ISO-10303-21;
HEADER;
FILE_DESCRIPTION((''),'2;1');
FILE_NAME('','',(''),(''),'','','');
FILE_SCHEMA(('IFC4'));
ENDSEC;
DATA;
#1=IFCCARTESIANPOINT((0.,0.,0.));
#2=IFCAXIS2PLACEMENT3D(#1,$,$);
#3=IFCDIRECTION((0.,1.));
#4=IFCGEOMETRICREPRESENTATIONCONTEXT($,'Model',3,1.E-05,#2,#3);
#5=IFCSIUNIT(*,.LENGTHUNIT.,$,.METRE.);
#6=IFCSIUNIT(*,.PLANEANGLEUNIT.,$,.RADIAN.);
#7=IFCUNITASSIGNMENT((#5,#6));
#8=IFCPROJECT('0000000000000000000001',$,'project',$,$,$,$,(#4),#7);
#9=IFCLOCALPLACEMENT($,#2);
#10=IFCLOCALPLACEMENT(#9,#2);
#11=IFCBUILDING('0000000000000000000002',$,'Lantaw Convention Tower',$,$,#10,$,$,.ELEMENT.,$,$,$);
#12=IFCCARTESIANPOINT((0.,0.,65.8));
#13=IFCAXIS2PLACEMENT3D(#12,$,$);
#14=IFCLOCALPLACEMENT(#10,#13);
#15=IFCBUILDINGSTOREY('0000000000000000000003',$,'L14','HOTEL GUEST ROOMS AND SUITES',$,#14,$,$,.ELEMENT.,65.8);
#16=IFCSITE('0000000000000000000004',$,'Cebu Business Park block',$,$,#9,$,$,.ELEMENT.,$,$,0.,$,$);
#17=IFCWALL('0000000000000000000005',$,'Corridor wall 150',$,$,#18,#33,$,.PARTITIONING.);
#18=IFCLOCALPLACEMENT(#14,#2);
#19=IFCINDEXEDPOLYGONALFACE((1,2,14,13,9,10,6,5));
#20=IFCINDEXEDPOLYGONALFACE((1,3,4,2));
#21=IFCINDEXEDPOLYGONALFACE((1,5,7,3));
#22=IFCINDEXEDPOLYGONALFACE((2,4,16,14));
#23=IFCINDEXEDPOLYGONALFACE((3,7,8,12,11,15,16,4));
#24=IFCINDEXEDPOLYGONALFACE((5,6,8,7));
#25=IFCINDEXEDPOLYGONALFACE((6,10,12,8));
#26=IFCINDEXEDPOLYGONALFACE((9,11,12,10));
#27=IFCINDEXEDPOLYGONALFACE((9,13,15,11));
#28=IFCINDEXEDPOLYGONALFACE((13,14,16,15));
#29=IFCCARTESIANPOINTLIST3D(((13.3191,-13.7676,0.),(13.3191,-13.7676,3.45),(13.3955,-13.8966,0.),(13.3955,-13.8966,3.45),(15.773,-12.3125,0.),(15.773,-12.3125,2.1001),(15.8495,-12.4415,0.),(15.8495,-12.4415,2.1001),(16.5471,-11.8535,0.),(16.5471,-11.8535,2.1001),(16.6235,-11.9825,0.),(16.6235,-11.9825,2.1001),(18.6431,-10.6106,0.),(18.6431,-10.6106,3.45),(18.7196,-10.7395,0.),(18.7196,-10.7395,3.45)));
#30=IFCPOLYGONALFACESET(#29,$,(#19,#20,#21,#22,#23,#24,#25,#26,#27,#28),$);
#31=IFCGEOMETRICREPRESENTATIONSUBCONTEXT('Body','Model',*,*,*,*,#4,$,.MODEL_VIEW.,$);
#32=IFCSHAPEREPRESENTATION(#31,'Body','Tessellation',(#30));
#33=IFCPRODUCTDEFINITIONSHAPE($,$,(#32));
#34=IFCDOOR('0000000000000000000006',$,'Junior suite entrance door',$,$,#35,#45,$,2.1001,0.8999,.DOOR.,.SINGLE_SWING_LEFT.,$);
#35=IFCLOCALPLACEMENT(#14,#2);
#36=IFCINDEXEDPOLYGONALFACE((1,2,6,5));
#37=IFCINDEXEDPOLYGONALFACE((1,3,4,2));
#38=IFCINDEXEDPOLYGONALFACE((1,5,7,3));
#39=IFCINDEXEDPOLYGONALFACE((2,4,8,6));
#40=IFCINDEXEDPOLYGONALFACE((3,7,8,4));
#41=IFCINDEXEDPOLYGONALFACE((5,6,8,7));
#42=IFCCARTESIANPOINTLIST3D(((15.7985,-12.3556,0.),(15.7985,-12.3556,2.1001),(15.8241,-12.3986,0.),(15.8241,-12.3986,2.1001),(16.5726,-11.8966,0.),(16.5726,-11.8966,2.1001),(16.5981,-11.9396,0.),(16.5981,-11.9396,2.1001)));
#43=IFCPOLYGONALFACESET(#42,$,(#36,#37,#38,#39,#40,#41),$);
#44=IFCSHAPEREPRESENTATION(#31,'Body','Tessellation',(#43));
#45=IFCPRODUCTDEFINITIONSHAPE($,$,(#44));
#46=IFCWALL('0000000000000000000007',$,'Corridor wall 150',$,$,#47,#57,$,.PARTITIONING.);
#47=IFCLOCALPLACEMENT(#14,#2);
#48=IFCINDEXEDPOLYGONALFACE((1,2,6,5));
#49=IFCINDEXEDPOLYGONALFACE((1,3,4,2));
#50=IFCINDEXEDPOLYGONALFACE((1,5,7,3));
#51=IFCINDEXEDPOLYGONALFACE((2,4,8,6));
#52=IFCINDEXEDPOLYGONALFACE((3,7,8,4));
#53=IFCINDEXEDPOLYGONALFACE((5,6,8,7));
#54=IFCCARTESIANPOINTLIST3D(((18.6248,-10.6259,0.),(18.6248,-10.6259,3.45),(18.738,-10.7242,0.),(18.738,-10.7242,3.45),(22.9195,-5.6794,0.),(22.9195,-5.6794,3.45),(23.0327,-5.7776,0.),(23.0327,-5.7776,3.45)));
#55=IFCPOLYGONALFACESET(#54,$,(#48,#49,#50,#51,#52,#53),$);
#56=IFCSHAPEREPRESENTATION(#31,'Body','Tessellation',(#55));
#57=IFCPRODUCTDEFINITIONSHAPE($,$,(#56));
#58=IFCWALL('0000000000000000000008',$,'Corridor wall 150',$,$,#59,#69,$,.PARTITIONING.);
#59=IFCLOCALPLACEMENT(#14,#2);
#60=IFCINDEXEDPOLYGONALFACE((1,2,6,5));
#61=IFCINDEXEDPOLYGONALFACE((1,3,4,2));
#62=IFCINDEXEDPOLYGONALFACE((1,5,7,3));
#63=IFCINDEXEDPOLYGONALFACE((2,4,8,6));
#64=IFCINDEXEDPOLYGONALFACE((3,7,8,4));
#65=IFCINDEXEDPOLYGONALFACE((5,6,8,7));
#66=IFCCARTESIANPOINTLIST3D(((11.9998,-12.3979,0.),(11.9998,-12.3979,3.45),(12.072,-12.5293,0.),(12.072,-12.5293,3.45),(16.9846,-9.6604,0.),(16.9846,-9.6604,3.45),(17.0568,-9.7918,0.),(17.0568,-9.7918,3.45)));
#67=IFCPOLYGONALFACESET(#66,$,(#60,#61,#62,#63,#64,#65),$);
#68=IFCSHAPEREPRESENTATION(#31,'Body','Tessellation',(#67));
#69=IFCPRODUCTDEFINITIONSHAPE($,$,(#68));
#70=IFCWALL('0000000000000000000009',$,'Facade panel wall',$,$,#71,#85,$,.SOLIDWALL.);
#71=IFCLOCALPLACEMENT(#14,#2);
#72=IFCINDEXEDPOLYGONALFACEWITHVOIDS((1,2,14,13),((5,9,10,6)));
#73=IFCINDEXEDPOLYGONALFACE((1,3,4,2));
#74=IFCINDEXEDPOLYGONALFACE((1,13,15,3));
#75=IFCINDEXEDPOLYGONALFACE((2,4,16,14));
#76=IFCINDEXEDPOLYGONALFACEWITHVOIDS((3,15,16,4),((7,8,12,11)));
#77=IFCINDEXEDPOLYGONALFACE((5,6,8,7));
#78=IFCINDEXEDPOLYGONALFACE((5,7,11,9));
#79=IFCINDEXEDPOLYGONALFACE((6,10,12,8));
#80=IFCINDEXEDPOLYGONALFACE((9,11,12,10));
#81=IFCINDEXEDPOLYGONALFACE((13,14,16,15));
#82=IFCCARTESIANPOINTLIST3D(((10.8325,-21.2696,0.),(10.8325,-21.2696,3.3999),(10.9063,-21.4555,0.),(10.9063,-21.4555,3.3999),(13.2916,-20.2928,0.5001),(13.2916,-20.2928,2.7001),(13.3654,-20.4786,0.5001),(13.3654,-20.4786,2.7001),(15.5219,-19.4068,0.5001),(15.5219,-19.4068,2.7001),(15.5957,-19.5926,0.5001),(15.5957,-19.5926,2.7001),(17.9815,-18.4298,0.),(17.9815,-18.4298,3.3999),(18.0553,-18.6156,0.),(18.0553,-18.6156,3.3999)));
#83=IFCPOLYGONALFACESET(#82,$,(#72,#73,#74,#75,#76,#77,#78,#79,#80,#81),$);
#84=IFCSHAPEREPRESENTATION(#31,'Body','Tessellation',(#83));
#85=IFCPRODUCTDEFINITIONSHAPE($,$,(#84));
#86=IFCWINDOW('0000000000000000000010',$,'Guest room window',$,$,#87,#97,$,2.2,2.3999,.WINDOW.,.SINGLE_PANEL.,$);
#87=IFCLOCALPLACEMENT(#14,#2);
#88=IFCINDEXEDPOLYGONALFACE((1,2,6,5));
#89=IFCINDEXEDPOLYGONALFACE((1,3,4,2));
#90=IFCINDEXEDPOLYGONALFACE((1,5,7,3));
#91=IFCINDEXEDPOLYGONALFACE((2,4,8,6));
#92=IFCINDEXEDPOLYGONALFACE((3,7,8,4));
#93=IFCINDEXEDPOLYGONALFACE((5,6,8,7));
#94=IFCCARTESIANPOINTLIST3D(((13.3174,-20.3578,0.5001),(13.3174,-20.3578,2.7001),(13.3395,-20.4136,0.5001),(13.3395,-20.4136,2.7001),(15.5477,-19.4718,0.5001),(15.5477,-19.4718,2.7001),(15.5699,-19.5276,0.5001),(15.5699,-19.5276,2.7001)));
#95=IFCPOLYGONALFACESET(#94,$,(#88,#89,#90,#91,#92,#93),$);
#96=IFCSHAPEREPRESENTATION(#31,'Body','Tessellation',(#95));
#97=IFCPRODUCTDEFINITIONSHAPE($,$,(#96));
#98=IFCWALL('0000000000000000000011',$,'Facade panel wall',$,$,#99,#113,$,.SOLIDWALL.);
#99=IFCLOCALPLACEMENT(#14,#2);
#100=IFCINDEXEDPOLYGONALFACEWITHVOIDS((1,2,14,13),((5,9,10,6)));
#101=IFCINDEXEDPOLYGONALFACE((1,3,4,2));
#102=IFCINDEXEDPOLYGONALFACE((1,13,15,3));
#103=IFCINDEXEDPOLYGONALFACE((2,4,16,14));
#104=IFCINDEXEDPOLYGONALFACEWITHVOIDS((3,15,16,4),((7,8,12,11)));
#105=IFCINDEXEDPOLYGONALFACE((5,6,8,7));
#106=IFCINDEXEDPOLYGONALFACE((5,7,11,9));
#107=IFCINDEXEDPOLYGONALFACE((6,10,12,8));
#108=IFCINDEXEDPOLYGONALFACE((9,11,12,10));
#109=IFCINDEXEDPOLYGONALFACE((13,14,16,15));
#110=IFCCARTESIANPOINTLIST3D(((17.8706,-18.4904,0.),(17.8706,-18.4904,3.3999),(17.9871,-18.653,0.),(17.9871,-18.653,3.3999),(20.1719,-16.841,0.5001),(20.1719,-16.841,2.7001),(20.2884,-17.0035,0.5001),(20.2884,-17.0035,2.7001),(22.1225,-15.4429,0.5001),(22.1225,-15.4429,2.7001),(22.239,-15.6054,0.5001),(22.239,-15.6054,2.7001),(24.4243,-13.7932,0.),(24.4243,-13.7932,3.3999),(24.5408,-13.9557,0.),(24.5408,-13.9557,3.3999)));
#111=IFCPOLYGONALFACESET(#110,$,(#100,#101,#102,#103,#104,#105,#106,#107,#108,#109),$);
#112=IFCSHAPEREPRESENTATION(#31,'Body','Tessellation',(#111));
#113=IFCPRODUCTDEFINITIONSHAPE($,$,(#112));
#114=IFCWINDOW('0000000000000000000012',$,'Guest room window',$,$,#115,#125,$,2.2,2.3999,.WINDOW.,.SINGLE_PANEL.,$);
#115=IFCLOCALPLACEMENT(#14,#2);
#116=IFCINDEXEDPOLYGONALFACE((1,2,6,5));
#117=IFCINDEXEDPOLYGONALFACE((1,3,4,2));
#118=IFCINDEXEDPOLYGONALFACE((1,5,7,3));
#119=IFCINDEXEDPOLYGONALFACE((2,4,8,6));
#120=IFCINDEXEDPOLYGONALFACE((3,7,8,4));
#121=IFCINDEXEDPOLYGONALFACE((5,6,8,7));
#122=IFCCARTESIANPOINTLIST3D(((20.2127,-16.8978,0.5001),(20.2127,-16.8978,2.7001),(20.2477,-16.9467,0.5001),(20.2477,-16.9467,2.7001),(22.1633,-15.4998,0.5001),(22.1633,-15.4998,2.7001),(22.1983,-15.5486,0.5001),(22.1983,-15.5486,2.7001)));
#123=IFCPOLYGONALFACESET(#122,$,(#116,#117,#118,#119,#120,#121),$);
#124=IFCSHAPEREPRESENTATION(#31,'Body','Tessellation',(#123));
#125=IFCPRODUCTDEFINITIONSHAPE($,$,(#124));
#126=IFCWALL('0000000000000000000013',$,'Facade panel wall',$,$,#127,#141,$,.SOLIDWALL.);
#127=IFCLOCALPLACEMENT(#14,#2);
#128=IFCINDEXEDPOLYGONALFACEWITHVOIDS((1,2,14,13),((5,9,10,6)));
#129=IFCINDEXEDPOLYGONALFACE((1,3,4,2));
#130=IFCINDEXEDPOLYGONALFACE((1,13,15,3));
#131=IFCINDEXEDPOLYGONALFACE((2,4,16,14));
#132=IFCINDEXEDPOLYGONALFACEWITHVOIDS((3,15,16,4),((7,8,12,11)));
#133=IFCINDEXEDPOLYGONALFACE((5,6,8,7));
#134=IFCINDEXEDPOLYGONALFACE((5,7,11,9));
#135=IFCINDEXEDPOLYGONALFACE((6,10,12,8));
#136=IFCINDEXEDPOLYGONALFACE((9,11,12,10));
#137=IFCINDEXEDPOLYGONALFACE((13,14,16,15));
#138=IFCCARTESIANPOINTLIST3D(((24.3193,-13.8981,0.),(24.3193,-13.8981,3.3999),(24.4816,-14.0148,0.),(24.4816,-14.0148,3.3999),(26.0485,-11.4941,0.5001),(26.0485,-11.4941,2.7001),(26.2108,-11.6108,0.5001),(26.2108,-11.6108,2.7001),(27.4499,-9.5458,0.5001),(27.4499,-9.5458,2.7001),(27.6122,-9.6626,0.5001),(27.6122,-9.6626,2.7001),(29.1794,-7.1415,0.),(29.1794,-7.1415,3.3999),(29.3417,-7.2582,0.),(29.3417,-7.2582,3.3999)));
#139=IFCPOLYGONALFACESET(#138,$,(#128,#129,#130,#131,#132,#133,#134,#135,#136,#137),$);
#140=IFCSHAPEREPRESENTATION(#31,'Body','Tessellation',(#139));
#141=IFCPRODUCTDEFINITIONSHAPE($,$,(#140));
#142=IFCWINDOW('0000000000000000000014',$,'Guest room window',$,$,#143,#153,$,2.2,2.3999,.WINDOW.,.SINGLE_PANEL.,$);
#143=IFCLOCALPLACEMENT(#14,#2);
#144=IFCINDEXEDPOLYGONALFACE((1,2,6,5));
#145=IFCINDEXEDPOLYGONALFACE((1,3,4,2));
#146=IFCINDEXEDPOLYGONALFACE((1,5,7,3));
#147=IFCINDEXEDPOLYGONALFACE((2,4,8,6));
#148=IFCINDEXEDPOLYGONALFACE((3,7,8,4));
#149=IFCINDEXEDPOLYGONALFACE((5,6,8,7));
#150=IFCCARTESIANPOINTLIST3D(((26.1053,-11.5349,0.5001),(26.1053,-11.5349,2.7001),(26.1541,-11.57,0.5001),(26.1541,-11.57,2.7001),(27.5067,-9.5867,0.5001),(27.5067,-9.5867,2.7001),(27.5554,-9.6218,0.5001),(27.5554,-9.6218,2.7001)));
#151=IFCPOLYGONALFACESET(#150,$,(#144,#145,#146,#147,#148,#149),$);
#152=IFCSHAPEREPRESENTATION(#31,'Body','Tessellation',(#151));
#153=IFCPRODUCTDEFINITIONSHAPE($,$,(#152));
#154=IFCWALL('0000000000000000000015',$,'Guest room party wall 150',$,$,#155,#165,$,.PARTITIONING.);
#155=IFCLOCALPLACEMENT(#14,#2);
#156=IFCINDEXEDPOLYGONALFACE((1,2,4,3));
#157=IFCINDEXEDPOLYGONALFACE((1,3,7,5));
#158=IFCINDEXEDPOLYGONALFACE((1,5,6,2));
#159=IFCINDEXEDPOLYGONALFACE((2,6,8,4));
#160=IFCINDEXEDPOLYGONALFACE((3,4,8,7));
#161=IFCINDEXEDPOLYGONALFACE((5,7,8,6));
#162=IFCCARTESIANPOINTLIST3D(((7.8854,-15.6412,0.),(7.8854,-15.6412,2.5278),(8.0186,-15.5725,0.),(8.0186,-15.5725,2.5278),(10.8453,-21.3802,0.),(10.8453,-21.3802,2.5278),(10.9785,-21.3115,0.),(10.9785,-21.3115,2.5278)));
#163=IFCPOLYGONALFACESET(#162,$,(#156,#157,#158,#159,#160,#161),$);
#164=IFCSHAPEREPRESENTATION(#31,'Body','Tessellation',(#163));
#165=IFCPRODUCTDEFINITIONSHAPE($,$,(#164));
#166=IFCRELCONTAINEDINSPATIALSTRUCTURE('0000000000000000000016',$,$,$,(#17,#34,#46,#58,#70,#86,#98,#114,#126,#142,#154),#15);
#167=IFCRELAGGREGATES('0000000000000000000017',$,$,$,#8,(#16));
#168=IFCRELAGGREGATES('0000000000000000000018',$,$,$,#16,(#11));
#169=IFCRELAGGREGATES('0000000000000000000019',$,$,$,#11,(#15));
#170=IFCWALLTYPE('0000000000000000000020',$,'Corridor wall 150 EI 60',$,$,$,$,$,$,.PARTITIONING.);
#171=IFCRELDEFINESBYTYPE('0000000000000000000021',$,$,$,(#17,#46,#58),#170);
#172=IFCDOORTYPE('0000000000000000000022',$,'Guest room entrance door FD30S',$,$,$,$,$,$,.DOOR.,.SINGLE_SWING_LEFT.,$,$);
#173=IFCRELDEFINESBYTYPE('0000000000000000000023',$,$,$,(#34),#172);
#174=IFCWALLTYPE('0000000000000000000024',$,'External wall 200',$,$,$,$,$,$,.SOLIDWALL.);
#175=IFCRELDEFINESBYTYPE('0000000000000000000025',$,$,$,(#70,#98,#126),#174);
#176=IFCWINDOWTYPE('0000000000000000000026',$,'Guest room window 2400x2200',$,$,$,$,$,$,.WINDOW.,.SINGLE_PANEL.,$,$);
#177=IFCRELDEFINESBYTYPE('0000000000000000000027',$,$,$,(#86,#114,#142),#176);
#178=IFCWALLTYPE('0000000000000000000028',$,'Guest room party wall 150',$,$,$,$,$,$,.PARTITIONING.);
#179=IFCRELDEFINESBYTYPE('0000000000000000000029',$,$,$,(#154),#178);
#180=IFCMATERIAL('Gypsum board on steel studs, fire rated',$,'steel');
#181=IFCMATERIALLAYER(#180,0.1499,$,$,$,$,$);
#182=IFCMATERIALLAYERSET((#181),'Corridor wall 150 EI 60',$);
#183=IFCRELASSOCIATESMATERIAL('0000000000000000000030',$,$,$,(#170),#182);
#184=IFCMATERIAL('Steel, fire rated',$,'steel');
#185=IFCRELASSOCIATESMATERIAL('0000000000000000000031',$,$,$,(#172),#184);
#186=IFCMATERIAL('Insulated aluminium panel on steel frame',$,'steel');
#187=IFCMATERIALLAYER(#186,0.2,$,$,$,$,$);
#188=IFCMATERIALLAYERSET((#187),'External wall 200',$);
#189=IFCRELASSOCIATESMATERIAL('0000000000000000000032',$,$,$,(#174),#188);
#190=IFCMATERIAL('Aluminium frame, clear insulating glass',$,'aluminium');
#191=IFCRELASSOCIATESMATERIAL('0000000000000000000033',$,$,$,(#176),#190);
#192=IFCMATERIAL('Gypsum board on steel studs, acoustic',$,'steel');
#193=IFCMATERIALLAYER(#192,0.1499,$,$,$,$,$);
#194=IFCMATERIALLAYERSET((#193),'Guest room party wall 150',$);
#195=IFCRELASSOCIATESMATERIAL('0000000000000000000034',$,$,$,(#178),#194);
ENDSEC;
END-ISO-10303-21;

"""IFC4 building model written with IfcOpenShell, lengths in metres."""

from ifc_helpers import new_model, si_unit, direction, frame, frame_2d, origin, place, context, subcontext, project, spatial, rectangle, extrude, material, layer, layer_set, type_object, element, fill, save


model = new_model("IFC4")

# Units and contexts
model_context = context("Model", 3, precision=1e-05, world=origin(), true_north=direction((0.0, 1.0)))
body_context = subcontext(model_context, "Body", "Model", "MODEL_VIEW")
ifc_project = project(units=[si_unit("LENGTHUNIT", "METRE"), si_unit("PLANEANGLEUNIT", "RADIAN")], contexts=[model_context])

# Site, building, storey
site_placement = place(None, origin())
site = spatial("IfcSite", under=ifc_project, at=site_placement, Name="Cebu Business Park block", CompositionType="ELEMENT", RefElevation=0.0)
building_placement = place(site_placement, origin())
building = spatial("IfcBuilding", under=site, at=building_placement, Name="Lantaw Convention Tower", CompositionType="ELEMENT")
storey_placement = place(building_placement, frame((0.0, 0.0, 65.8)))
storey = spatial("IfcBuildingStorey", under=building, at=storey_placement, Name="L14", Description="HOTEL GUEST ROOMS AND SUITES", CompositionType="ELEMENT", Elevation=65.8)

# Wall, opening, door
ifc_material_1 = material(Name="Steel, fire rated", Category="steel")
ifc_material_2 = material(Name="Gypsum board on steel studs, fire rated", Category="steel")
ifc_layer_1 = layer(ifc_material_2, 0.1499)
ifc_layer_set_1 = layer_set([ifc_layer_1], Name="Corridor wall 150 EI 60")
wall_type_1 = type_object("IfcWallType", Name="Corridor wall 150 EI 60", PredefinedType="PARTITIONING", material=ifc_layer_set_1)
wall_1_placement = place(storey_placement, frame((13.3574, -13.832, 0.0), z_axis=(0.0, 0.0, 1.0), x_axis=(0.860147, 0.510046, 0.0)))
wall_1 = element("IfcWall", 1, at=wall_1_placement, inside=storey, type_object=wall_type_1, Name="Corridor wall 150", PredefinedType="PARTITIONING", context=body_context, shape_type="SweptSolid", body=[
    extrude(rectangle(XDim=6.1897, YDim=0.1499, at=frame_2d((3.0947, 0.0))), origin(), (0.0, 0.0, 1.0), 3.45),
])
opening_1_placement = place(wall_1_placement, frame((2.8528, 0.0, 0.0)))
opening_1 = element("IfcOpeningElement", 2, at=opening_1_placement, cuts=wall_1, PredefinedType="OPENING", context=body_context, shape_type="SweptSolid", body=[
    extrude(rectangle(XDim=0.8999, YDim=2.1001, at=frame_2d((0.45, 1.05))), frame((0.0, 0.085, 0.0), z_axis=(0.0, -1.0, 0.0), x_axis=(1.0, 0.0, 0.0)), (0.0, 0.0, 1.0), 0.1699),
])
door_type_1 = type_object("IfcDoorType", Name="Guest room entrance door FD30S", OperationType="SINGLE_SWING_LEFT", PredefinedType="DOOR", material=ifc_material_1)
door_1_placement = place(opening_1_placement, origin())
door_1 = element("IfcDoor", 3, at=door_1_placement, inside=storey, type_object=door_type_1, Name="Junior suite entrance door", OperationType="SINGLE_SWING_LEFT", OverallHeight=2.1001, OverallWidth=0.8999, PredefinedType="DOOR", context=body_context, shape_type="SweptSolid", body=[
    extrude(rectangle(XDim=0.8999, YDim=2.1001, at=frame_2d((0.45, 1.05))), frame((0.0, 0.0249, 0.0), z_axis=(0.0, -1.0, 0.0), x_axis=(1.0, 0.0, 0.0)), (0.0, 0.0, 1.0), 0.05),
])
fill(opening_1, door_1)

# Walls
wall_2_placement = place(storey_placement, frame((18.6814, -10.675, 0.0), z_axis=(0.0, 0.0, 1.0), x_axis=(0.6556, 0.755108, 0.0)))
element("IfcWall", 4, at=wall_2_placement, inside=storey, type_object=wall_type_1, Name="Corridor wall 150", PredefinedType="PARTITIONING", context=body_context, shape_type="SweptSolid", body=[
    extrude(rectangle(XDim=6.5508, YDim=0.1499, at=frame_2d((3.2754, 0.0))), origin(), (0.0, 0.0, 1.0), 3.45),
])
wall_3_placement = place(storey_placement, frame((12.0359, -12.4636, 0.0), z_axis=(0.0, 0.0, 1.0), x_axis=(0.876522, 0.481362, 0.0)))
element("IfcWall", 5, at=wall_3_placement, inside=storey, type_object=wall_type_1, Name="Corridor wall 150", PredefinedType="PARTITIONING", context=body_context, shape_type="SweptSolid", body=[
    extrude(rectangle(XDim=5.687, YDim=0.1499, at=frame_2d((2.8435, 0.0))), origin(), (0.0, 0.0, 1.0), 3.45),
])

# Walls, openings, windows
ifc_material_3 = material(Name="Insulated aluminium panel on steel frame", Category="steel")
ifc_layer_2 = layer(ifc_material_3, 0.2)
ifc_layer_set_2 = layer_set([ifc_layer_2], Name="External wall 200")
wall_type_2 = type_object("IfcWallType", Name="External wall 200", PredefinedType="SOLIDWALL", material=ifc_layer_set_2)
wall_4_placement = place(storey_placement, frame((10.8694, -21.3625, 0.0), z_axis=(0.0, 0.0, 1.0), x_axis=(0.929358, 0.369179, 0.0)))
wall_4 = element("IfcWall", 6, at=wall_4_placement, inside=storey, type_object=wall_type_2, Name="Facade panel wall", PredefinedType="SOLIDWALL", context=body_context, shape_type="SweptSolid", body=[
    extrude(rectangle(XDim=7.6924, YDim=0.2, at=frame_2d((3.8462, 0.0))), origin(), (0.0, 0.0, 1.0), 3.3999),
])
opening_2_placement = place(wall_4_placement, frame((2.646, 0.0, 0.5)))
opening_2 = element("IfcOpeningElement", 7, at=opening_2_placement, cuts=wall_4, PredefinedType="OPENING", context=body_context, shape_type="SweptSolid", body=[
    extrude(rectangle(XDim=2.3999, YDim=2.2, at=frame_2d((1.2, 1.1001))), frame((0.0, 0.1099, 0.0), z_axis=(0.0, -1.0, 0.0), x_axis=(1.0, 0.0, 0.0)), (0.0, 0.0, 1.0), 0.22),
])
ifc_material_4 = material(Name="Aluminium frame, clear insulating glass", Category="aluminium")
window_type = type_object("IfcWindowType", Name="Guest room window 2400x2200", PartitioningType="SINGLE_PANEL", PredefinedType="WINDOW", material=ifc_material_4)
window_1_placement = place(opening_2_placement, origin())
window_1 = element("IfcWindow", 8, at=window_1_placement, inside=storey, type_object=window_type, Name="Guest room window", OverallHeight=2.2, OverallWidth=2.3999, PartitioningType="SINGLE_PANEL", PredefinedType="WINDOW", context=body_context, shape_type="SweptSolid", body=[
    extrude(rectangle(XDim=2.3999, YDim=2.2, at=frame_2d((1.2, 1.1001))), frame((0.0, 0.03, 0.0), z_axis=(0.0, -1.0, 0.0), x_axis=(1.0, 0.0, 0.0)), (0.0, 0.0, 1.0), 0.0601),
])
fill(opening_2, window_1)
wall_5_placement = place(storey_placement, frame((17.9287, -18.5718, 0.0), z_axis=(0.0, 0.0, 1.0), x_axis=(0.812791, 0.582555, 0.0)))
wall_5 = element("IfcWall", 9, at=wall_5_placement, inside=storey, type_object=wall_type_2, Name="Facade panel wall", PredefinedType="SOLIDWALL", context=body_context, shape_type="SweptSolid", body=[
    extrude(rectangle(XDim=8.0632, YDim=0.2, at=frame_2d((4.0317, 0.0))), origin(), (0.0, 0.0, 1.0), 3.3999),
])
opening_3_placement = place(wall_5_placement, frame((2.8315, 0.0, 0.5)))
opening_3 = element("IfcOpeningElement", 10, at=opening_3_placement, cuts=wall_5, PredefinedType="OPENING", context=body_context, shape_type="SweptSolid", body=[
    extrude(rectangle(XDim=2.3999, YDim=2.2, at=frame_2d((1.2, 1.1001))), frame((0.0, 0.1099, 0.0), z_axis=(0.0, -1.0, 0.0), x_axis=(1.0, 0.0, 0.0)), (0.0, 0.0, 1.0), 0.22),
])
window_2_placement = place(opening_3_placement, origin())
window_2 = element("IfcWindow", 11, at=window_2_placement, inside=storey, type_object=window_type, Name="Guest room window", OverallHeight=2.2, OverallWidth=2.3999, PartitioningType="SINGLE_PANEL", PredefinedType="WINDOW", context=body_context, shape_type="SweptSolid", body=[
    extrude(rectangle(XDim=2.3999, YDim=2.2, at=frame_2d((1.2, 1.1001))), frame((0.0, 0.03, 0.0), z_axis=(0.0, -1.0, 0.0), x_axis=(1.0, 0.0, 0.0)), (0.0, 0.0, 1.0), 0.0601),
])
fill(opening_3, window_2)
wall_6_placement = place(storey_placement, frame((24.4004, -13.9565, 0.0), z_axis=(0.0, 0.0, 1.0), x_axis=(0.583938, 0.811799, 0.0)))
wall_6 = element("IfcWall", 12, at=wall_6_placement, inside=storey, type_object=wall_type_2, Name="Facade panel wall", PredefinedType="SOLIDWALL", context=body_context, shape_type="SweptSolid", body=[
    extrude(rectangle(XDim=8.323, YDim=0.2, at=frame_2d((4.1616, 0.0))), origin(), (0.0, 0.0, 1.0), 3.3999),
])
opening_4_placement = place(wall_6_placement, frame((2.9614, 0.0, 0.5)))
opening_4 = element("IfcOpeningElement", 13, at=opening_4_placement, cuts=wall_6, PredefinedType="OPENING", context=body_context, shape_type="SweptSolid", body=[
    extrude(rectangle(XDim=2.3999, YDim=2.2, at=frame_2d((1.2, 1.1001))), frame((0.0, 0.1099, 0.0), z_axis=(0.0, -1.0, 0.0), x_axis=(1.0, 0.0, 0.0)), (0.0, 0.0, 1.0), 0.22),
])
window_3_placement = place(opening_4_placement, origin())
window_3 = element("IfcWindow", 14, at=window_3_placement, inside=storey, type_object=window_type, Name="Guest room window", OverallHeight=2.2, OverallWidth=2.3999, PartitioningType="SINGLE_PANEL", PredefinedType="WINDOW", context=body_context, shape_type="SweptSolid", body=[
    extrude(rectangle(XDim=2.3999, YDim=2.2, at=frame_2d((1.2, 1.1001))), frame((0.0, 0.03, 0.0), z_axis=(0.0, -1.0, 0.0), x_axis=(1.0, 0.0, 0.0)), (0.0, 0.0, 1.0), 0.0601),
])
fill(opening_4, window_3)

# Wall
ifc_material_5 = material(Name="Gypsum board on steel studs, acoustic", Category="steel")
ifc_layer_3 = layer(ifc_material_5, 0.1499)
ifc_layer_set_3 = layer_set([ifc_layer_3], Name="Guest room party wall 150")
wall_type_3 = type_object("IfcWallType", Name="Guest room party wall 150", PredefinedType="PARTITIONING", material=ifc_layer_set_3)
wall_7_placement = place(storey_placement, frame((10.9119, -21.3457, 0.0), z_axis=(0.0, 0.0, 1.0), x_axis=(-0.458385, 0.888754, 0.0)))
element("IfcWall", 15, at=wall_7_placement, inside=storey, type_object=wall_type_3, Name="Guest room party wall 150", PredefinedType="PARTITIONING", context=body_context, shape_type="SweptSolid", body=[
    extrude(rectangle(XDim=6.4573, YDim=0.1499, at=frame_2d((3.2285, 0.0))), origin(), (0.0, 0.0, 1.0), 2.5278),
])

save(model, "model.ifc")
